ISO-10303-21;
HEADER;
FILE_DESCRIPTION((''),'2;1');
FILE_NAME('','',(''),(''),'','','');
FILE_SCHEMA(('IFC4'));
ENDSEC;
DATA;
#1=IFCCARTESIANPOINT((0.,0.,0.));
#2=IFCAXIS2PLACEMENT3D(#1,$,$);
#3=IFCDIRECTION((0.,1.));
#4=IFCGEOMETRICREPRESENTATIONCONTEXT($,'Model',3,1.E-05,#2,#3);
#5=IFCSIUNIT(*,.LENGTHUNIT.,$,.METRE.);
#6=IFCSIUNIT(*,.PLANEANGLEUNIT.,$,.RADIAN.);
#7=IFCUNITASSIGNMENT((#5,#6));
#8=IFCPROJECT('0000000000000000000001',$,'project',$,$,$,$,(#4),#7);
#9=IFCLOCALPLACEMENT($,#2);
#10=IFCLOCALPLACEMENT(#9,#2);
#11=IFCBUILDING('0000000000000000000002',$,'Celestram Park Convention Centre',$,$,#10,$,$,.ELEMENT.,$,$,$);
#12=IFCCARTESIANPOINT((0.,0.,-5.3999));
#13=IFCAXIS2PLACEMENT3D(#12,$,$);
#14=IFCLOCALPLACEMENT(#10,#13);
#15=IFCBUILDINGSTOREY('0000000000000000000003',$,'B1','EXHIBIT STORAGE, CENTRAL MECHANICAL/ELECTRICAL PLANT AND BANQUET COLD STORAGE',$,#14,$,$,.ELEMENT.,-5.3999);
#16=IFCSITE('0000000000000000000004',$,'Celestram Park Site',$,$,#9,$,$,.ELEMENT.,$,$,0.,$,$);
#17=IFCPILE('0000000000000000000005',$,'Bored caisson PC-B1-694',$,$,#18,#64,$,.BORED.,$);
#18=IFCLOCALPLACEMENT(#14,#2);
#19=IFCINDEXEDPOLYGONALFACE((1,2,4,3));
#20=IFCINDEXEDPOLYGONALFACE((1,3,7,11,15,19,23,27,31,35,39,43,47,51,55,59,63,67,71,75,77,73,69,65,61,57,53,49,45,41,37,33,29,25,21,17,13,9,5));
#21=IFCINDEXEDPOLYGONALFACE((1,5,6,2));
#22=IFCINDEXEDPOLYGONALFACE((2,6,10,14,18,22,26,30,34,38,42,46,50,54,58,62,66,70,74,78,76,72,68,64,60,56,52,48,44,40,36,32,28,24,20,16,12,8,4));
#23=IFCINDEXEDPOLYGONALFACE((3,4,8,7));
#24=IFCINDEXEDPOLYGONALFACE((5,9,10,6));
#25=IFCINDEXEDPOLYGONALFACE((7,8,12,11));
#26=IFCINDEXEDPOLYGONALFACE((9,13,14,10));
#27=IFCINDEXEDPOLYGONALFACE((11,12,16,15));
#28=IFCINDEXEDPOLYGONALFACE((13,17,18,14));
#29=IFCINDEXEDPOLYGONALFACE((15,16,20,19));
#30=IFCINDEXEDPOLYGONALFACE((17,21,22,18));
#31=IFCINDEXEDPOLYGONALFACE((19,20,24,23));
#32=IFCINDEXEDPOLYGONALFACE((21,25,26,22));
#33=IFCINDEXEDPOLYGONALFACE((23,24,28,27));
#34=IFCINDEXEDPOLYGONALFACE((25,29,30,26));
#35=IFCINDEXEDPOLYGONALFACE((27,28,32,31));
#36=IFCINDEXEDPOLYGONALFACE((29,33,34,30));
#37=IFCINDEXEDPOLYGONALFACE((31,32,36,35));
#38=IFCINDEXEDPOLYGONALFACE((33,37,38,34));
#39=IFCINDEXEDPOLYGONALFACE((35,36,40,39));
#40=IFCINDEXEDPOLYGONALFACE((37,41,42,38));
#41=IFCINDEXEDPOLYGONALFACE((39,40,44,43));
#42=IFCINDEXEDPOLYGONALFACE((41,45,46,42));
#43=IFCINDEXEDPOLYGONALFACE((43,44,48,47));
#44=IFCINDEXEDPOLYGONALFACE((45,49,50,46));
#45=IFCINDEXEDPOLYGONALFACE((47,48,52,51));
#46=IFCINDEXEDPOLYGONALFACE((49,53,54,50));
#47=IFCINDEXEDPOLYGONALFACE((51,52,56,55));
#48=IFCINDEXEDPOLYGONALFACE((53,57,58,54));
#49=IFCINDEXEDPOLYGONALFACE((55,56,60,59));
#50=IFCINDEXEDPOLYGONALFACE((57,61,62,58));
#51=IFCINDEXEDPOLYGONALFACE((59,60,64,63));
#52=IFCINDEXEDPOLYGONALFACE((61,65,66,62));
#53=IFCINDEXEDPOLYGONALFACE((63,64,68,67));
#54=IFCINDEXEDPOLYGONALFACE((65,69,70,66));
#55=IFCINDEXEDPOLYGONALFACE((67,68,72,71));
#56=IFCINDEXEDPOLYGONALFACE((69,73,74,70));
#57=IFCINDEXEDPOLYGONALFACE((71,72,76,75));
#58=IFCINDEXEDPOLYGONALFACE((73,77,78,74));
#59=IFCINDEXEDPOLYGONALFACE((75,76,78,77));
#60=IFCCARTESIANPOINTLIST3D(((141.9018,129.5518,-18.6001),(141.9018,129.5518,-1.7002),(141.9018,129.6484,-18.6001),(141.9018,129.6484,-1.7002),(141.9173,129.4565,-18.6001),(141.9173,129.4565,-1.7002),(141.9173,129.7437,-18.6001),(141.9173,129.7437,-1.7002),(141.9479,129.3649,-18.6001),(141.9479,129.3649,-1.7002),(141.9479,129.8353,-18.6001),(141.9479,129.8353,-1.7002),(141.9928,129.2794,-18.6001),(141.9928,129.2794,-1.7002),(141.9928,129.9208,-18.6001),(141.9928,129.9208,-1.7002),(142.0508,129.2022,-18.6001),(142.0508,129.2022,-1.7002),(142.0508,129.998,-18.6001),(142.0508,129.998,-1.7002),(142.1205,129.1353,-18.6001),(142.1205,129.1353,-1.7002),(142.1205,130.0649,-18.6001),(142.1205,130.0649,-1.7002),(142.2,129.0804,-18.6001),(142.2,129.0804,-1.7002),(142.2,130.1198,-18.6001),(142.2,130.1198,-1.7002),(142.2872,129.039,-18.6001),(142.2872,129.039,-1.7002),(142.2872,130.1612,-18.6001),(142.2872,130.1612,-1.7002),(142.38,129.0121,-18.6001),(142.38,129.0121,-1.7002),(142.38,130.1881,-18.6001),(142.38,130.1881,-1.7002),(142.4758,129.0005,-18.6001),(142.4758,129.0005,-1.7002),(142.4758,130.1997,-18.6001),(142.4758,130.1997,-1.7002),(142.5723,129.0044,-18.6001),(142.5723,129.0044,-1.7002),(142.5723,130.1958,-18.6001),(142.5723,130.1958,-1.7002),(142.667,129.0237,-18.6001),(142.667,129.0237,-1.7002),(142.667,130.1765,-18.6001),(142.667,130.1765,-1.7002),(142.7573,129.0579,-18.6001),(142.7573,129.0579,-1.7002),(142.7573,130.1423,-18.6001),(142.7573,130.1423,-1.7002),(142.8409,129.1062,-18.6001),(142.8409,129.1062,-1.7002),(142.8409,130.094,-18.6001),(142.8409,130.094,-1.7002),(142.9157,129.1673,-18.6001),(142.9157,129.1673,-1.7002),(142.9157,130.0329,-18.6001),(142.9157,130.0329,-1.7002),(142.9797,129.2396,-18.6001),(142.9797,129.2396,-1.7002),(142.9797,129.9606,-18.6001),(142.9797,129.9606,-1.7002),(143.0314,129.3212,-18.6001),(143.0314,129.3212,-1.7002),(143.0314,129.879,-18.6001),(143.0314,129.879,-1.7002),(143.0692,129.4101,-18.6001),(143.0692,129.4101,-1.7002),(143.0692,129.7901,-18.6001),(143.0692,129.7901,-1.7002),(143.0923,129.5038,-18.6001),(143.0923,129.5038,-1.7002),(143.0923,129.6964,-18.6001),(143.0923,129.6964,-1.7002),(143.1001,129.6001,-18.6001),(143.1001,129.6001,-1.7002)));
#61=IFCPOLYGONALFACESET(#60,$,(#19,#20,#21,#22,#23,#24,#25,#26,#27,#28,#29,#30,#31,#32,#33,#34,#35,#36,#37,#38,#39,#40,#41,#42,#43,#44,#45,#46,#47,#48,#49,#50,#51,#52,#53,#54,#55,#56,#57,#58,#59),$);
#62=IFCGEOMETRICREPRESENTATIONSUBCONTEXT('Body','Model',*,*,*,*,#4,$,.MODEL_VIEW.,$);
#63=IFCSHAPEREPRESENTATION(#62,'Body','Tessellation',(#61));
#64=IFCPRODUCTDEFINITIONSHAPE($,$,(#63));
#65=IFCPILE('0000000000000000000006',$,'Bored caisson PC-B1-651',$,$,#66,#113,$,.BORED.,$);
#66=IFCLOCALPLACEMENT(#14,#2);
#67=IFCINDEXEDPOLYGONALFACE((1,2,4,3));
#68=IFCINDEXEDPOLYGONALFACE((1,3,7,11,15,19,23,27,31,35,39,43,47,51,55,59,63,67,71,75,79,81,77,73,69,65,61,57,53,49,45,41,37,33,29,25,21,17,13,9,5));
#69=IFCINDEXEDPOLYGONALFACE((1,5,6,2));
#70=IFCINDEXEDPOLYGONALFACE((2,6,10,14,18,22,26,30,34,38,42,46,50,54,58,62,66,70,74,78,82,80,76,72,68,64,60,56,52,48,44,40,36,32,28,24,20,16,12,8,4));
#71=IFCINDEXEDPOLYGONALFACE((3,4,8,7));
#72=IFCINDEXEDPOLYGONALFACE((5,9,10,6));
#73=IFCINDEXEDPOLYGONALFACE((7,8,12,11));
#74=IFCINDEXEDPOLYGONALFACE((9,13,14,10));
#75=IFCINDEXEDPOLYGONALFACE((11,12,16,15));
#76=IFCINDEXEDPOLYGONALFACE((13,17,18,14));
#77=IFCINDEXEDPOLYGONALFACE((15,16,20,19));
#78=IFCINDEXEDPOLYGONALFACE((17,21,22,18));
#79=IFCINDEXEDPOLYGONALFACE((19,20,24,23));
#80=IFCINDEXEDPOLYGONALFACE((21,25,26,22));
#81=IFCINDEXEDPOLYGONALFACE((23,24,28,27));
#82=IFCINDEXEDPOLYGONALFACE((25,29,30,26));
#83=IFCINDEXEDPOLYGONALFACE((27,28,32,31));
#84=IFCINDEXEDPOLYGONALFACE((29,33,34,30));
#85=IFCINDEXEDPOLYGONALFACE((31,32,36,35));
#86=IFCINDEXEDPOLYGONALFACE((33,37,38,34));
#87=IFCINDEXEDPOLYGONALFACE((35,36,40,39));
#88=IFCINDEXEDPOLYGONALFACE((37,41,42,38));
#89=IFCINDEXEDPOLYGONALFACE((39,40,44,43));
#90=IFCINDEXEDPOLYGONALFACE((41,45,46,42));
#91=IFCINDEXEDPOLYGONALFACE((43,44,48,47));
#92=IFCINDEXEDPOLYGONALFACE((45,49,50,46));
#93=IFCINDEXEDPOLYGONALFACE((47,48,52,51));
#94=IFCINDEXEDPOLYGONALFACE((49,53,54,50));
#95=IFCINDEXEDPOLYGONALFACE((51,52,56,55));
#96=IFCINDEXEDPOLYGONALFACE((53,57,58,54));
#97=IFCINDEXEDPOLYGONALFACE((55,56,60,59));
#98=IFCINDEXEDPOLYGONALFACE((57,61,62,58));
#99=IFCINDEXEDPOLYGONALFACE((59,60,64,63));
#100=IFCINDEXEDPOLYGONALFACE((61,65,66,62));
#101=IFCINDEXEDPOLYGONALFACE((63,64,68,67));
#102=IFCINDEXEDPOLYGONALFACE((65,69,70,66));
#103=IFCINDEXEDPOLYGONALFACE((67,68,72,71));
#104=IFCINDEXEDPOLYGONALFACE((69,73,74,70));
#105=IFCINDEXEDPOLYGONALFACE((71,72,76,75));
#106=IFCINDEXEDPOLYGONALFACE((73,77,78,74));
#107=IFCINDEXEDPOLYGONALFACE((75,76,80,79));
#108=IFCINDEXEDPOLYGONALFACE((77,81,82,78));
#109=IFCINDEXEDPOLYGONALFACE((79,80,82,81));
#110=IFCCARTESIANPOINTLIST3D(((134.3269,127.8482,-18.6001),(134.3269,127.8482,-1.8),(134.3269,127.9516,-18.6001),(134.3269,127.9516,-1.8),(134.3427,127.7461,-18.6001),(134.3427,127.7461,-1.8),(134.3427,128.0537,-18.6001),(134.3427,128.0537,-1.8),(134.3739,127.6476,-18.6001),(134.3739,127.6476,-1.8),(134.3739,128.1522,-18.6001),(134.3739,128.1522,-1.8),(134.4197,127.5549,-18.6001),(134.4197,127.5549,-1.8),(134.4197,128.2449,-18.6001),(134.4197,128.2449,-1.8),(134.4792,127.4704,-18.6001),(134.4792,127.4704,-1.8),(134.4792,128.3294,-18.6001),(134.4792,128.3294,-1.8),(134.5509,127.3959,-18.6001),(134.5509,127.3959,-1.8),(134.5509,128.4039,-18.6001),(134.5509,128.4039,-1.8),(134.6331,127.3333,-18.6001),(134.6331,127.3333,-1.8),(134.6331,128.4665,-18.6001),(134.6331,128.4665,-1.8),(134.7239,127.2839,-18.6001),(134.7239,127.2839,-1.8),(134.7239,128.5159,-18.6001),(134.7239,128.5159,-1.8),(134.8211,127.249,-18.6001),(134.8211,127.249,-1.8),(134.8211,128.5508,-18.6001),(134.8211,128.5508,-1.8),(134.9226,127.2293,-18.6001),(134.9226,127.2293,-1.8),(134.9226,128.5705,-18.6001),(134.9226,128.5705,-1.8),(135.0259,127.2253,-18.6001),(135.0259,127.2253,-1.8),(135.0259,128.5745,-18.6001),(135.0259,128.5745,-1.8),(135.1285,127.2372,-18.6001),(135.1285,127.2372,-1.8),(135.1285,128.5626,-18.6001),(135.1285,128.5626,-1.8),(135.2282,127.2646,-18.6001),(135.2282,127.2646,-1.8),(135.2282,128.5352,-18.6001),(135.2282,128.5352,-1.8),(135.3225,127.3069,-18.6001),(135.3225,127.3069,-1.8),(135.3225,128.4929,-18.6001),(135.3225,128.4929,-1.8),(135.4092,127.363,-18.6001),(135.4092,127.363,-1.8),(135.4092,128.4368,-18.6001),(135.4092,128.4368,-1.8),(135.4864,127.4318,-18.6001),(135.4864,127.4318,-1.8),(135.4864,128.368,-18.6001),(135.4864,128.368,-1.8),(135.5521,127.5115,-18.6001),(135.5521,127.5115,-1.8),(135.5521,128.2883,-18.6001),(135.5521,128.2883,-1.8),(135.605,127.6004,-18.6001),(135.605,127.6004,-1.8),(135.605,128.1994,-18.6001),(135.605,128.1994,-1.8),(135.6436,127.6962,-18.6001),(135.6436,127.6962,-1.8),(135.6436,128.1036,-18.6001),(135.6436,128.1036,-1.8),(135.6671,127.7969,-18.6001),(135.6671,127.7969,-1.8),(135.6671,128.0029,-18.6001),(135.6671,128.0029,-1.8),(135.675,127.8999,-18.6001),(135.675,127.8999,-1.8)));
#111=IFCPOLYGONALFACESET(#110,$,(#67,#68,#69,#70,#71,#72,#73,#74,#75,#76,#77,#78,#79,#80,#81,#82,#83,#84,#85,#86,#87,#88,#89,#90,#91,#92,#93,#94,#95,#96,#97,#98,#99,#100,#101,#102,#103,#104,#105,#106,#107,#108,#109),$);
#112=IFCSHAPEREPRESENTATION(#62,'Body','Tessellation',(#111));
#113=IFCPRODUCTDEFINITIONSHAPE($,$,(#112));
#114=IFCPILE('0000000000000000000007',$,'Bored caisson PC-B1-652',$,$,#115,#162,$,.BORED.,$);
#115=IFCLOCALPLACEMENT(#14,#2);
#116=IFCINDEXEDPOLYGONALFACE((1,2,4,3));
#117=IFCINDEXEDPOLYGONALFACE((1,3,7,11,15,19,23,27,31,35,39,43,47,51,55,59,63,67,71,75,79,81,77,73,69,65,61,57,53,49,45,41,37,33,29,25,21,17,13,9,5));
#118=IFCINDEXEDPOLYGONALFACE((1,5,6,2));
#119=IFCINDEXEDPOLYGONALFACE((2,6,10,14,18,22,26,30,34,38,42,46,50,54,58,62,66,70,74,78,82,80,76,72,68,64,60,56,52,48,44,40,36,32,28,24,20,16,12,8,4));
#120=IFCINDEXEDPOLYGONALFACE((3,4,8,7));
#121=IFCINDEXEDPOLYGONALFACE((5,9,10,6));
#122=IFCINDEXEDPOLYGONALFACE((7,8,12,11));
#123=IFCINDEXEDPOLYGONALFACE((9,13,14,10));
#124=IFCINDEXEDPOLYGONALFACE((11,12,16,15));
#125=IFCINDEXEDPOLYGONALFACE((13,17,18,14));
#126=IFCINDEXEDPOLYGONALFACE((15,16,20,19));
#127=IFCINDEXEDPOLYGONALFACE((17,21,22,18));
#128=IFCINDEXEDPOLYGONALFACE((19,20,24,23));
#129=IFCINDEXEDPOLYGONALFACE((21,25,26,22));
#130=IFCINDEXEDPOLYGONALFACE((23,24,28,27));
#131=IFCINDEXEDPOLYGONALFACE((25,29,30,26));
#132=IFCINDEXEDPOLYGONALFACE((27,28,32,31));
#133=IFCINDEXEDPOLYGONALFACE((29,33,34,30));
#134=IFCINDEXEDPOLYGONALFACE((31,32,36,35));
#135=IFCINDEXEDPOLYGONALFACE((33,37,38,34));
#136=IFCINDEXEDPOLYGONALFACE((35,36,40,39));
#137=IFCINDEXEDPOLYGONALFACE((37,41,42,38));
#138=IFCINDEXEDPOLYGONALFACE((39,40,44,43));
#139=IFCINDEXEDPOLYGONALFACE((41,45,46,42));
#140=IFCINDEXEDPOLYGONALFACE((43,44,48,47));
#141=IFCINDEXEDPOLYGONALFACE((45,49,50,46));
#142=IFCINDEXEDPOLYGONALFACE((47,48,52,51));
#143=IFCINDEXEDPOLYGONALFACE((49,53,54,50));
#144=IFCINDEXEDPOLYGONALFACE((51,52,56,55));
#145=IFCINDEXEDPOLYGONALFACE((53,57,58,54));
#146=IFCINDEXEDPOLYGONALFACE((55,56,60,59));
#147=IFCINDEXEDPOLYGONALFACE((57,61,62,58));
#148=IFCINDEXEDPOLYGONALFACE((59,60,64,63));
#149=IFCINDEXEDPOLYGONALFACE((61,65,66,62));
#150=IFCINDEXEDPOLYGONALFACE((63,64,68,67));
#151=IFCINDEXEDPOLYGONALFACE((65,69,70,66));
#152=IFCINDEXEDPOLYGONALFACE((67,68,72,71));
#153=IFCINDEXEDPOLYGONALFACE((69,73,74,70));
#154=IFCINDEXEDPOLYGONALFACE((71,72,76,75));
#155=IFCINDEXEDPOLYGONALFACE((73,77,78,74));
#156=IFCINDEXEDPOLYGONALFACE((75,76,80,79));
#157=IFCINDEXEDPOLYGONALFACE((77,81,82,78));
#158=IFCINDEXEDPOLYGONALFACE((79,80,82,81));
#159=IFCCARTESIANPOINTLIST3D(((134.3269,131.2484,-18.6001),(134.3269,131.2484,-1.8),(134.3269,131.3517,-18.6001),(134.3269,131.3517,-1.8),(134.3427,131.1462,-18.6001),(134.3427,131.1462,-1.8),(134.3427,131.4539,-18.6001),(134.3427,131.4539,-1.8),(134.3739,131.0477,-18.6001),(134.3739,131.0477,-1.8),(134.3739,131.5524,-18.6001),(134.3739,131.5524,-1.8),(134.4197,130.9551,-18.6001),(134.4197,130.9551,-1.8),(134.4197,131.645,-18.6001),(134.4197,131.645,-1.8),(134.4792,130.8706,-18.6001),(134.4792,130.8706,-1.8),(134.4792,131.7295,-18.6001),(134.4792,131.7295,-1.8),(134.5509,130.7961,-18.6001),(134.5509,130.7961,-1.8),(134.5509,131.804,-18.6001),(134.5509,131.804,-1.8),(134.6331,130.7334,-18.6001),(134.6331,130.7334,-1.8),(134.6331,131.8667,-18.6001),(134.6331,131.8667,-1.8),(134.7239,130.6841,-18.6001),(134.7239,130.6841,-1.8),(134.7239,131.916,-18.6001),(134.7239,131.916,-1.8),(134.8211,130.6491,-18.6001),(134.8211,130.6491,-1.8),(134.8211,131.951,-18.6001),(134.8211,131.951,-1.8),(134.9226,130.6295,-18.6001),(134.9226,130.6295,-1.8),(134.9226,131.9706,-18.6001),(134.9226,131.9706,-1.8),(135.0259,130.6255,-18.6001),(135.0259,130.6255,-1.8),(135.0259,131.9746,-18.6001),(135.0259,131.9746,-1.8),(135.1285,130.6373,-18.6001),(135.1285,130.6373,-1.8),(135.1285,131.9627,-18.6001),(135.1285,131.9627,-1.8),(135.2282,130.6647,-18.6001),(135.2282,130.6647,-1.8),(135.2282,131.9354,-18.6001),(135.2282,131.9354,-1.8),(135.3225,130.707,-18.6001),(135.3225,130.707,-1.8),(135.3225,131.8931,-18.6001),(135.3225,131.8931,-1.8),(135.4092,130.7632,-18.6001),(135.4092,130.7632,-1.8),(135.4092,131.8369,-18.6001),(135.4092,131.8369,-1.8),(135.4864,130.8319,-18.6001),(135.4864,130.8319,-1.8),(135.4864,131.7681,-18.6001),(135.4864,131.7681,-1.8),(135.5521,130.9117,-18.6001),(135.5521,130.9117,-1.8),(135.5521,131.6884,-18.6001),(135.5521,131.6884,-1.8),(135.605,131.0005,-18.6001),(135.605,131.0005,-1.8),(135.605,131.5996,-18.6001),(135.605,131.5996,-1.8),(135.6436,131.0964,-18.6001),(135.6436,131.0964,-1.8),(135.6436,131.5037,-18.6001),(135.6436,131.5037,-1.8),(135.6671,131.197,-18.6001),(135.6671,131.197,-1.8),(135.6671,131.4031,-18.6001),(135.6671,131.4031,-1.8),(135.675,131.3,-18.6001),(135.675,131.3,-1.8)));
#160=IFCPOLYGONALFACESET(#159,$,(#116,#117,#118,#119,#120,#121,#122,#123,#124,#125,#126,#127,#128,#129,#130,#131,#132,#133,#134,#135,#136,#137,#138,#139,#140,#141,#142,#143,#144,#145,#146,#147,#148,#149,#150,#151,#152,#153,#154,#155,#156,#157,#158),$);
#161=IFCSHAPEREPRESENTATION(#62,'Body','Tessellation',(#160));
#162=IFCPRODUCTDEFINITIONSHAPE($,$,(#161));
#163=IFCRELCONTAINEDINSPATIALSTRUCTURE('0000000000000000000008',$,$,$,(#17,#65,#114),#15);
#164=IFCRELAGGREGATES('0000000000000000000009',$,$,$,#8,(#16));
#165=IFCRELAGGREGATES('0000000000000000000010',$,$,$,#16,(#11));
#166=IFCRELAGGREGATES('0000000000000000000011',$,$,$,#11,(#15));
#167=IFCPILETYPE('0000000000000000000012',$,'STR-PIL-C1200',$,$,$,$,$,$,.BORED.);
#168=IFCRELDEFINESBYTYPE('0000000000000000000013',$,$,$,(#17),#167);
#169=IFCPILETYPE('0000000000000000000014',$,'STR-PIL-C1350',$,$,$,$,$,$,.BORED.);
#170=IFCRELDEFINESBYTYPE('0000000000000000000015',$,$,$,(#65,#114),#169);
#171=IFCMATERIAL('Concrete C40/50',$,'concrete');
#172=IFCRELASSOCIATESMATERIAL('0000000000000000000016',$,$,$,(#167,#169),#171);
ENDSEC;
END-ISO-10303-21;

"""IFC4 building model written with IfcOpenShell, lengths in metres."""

from ifc_helpers import new_model, si_unit, direction, frame, origin, origin_2d, place, context, subcontext, project, spatial, circle, extrude, material, material_profile, profile_set, type_object, element, save


model = new_model("IFC4")

# Units and contexts
model_context = context("Model", 3, precision=1e-05, world=origin(), true_north=direction((0.0, 1.0)))
body_context = subcontext(model_context, "Body", "Model", "MODEL_VIEW")
ifc_project = project(units=[si_unit("LENGTHUNIT", "METRE"), si_unit("PLANEANGLEUNIT", "RADIAN")], contexts=[model_context])

# Site, building, storey
site_placement = place(None, origin())
site = spatial("IfcSite", under=ifc_project, at=site_placement, Name="Celestram Park Site", CompositionType="ELEMENT", RefElevation=0.0)
building_placement = place(site_placement, origin())
building = spatial("IfcBuilding", under=site, at=building_placement, Name="Celestram Park Convention Centre", CompositionType="ELEMENT")
storey_placement = place(building_placement, frame((0.0, 0.0, -5.3999)))
storey = spatial("IfcBuildingStorey", under=building, at=storey_placement, Name="B1", Description="EXHIBIT STORAGE, CENTRAL MECHANICAL/ELECTRICAL PLANT AND BANQUET COLD STORAGE", CompositionType="ELEMENT", Elevation=-5.3999)

# Shared definitions
ifc_material_1 = material(Name="Concrete C40/50", Category="concrete")

# Piles
ifc_material_profile_1 = material_profile(ifc_material_1, circle(Radius=0.6001, at=origin_2d()), Name="CAISSON1200")
ifc_profile_set_1 = profile_set([ifc_material_profile_1], Name="Concrete C40/50")
pile_type_1 = type_object("IfcPileType", Name="STR-PIL-C1200", PredefinedType="BORED", material=ifc_profile_set_1)
for number, where, z_axis, x_axis, name in (
    (1, (142.5, 129.6001, -1.7002), (0.0, 0.0, -1.0), (1.0, 0.0, 0.0), "Bored caisson PC-B1-694"),
):
    element("IfcPile", number, at=place(storey_placement, frame(where, z_axis=z_axis, x_axis=x_axis)), inside=storey, type_object=pile_type_1, Name=name, PredefinedType="BORED", context=body_context, shape_type="SweptSolid", body=[
        extrude(circle(Radius=0.6001, at=origin_2d()), origin(), (0.0, 0.0, 1.0), 16.8999),
    ])
ifc_material_profile_2 = material_profile(ifc_material_1, circle(Radius=0.675, at=origin_2d()), Name="CAISSON1350")
ifc_profile_set_2 = profile_set([ifc_material_profile_2], Name="Concrete C40/50")
pile_type_2 = type_object("IfcPileType", Name="STR-PIL-C1350", PredefinedType="BORED", material=ifc_profile_set_2)
for number, where, z_axis, x_axis, name in (
    (2, (135.0, 127.8999, -1.8), (0.0, 0.0, -1.0), (1.0, 0.0, 0.0), "Bored caisson PC-B1-651"),
    (3, (135.0, 131.3, -1.8), (0.0, 0.0, -1.0), (1.0, 0.0, 0.0), "Bored caisson PC-B1-652"),
):
    element("IfcPile", number, at=place(storey_placement, frame(where, z_axis=z_axis, x_axis=x_axis)), inside=storey, type_object=pile_type_2, Name=name, PredefinedType="BORED", context=body_context, shape_type="SweptSolid", body=[
        extrude(circle(Radius=0.675, at=origin_2d()), origin(), (0.0, 0.0, 1.0), 16.8),
    ])

save(model, "model.ifc")
